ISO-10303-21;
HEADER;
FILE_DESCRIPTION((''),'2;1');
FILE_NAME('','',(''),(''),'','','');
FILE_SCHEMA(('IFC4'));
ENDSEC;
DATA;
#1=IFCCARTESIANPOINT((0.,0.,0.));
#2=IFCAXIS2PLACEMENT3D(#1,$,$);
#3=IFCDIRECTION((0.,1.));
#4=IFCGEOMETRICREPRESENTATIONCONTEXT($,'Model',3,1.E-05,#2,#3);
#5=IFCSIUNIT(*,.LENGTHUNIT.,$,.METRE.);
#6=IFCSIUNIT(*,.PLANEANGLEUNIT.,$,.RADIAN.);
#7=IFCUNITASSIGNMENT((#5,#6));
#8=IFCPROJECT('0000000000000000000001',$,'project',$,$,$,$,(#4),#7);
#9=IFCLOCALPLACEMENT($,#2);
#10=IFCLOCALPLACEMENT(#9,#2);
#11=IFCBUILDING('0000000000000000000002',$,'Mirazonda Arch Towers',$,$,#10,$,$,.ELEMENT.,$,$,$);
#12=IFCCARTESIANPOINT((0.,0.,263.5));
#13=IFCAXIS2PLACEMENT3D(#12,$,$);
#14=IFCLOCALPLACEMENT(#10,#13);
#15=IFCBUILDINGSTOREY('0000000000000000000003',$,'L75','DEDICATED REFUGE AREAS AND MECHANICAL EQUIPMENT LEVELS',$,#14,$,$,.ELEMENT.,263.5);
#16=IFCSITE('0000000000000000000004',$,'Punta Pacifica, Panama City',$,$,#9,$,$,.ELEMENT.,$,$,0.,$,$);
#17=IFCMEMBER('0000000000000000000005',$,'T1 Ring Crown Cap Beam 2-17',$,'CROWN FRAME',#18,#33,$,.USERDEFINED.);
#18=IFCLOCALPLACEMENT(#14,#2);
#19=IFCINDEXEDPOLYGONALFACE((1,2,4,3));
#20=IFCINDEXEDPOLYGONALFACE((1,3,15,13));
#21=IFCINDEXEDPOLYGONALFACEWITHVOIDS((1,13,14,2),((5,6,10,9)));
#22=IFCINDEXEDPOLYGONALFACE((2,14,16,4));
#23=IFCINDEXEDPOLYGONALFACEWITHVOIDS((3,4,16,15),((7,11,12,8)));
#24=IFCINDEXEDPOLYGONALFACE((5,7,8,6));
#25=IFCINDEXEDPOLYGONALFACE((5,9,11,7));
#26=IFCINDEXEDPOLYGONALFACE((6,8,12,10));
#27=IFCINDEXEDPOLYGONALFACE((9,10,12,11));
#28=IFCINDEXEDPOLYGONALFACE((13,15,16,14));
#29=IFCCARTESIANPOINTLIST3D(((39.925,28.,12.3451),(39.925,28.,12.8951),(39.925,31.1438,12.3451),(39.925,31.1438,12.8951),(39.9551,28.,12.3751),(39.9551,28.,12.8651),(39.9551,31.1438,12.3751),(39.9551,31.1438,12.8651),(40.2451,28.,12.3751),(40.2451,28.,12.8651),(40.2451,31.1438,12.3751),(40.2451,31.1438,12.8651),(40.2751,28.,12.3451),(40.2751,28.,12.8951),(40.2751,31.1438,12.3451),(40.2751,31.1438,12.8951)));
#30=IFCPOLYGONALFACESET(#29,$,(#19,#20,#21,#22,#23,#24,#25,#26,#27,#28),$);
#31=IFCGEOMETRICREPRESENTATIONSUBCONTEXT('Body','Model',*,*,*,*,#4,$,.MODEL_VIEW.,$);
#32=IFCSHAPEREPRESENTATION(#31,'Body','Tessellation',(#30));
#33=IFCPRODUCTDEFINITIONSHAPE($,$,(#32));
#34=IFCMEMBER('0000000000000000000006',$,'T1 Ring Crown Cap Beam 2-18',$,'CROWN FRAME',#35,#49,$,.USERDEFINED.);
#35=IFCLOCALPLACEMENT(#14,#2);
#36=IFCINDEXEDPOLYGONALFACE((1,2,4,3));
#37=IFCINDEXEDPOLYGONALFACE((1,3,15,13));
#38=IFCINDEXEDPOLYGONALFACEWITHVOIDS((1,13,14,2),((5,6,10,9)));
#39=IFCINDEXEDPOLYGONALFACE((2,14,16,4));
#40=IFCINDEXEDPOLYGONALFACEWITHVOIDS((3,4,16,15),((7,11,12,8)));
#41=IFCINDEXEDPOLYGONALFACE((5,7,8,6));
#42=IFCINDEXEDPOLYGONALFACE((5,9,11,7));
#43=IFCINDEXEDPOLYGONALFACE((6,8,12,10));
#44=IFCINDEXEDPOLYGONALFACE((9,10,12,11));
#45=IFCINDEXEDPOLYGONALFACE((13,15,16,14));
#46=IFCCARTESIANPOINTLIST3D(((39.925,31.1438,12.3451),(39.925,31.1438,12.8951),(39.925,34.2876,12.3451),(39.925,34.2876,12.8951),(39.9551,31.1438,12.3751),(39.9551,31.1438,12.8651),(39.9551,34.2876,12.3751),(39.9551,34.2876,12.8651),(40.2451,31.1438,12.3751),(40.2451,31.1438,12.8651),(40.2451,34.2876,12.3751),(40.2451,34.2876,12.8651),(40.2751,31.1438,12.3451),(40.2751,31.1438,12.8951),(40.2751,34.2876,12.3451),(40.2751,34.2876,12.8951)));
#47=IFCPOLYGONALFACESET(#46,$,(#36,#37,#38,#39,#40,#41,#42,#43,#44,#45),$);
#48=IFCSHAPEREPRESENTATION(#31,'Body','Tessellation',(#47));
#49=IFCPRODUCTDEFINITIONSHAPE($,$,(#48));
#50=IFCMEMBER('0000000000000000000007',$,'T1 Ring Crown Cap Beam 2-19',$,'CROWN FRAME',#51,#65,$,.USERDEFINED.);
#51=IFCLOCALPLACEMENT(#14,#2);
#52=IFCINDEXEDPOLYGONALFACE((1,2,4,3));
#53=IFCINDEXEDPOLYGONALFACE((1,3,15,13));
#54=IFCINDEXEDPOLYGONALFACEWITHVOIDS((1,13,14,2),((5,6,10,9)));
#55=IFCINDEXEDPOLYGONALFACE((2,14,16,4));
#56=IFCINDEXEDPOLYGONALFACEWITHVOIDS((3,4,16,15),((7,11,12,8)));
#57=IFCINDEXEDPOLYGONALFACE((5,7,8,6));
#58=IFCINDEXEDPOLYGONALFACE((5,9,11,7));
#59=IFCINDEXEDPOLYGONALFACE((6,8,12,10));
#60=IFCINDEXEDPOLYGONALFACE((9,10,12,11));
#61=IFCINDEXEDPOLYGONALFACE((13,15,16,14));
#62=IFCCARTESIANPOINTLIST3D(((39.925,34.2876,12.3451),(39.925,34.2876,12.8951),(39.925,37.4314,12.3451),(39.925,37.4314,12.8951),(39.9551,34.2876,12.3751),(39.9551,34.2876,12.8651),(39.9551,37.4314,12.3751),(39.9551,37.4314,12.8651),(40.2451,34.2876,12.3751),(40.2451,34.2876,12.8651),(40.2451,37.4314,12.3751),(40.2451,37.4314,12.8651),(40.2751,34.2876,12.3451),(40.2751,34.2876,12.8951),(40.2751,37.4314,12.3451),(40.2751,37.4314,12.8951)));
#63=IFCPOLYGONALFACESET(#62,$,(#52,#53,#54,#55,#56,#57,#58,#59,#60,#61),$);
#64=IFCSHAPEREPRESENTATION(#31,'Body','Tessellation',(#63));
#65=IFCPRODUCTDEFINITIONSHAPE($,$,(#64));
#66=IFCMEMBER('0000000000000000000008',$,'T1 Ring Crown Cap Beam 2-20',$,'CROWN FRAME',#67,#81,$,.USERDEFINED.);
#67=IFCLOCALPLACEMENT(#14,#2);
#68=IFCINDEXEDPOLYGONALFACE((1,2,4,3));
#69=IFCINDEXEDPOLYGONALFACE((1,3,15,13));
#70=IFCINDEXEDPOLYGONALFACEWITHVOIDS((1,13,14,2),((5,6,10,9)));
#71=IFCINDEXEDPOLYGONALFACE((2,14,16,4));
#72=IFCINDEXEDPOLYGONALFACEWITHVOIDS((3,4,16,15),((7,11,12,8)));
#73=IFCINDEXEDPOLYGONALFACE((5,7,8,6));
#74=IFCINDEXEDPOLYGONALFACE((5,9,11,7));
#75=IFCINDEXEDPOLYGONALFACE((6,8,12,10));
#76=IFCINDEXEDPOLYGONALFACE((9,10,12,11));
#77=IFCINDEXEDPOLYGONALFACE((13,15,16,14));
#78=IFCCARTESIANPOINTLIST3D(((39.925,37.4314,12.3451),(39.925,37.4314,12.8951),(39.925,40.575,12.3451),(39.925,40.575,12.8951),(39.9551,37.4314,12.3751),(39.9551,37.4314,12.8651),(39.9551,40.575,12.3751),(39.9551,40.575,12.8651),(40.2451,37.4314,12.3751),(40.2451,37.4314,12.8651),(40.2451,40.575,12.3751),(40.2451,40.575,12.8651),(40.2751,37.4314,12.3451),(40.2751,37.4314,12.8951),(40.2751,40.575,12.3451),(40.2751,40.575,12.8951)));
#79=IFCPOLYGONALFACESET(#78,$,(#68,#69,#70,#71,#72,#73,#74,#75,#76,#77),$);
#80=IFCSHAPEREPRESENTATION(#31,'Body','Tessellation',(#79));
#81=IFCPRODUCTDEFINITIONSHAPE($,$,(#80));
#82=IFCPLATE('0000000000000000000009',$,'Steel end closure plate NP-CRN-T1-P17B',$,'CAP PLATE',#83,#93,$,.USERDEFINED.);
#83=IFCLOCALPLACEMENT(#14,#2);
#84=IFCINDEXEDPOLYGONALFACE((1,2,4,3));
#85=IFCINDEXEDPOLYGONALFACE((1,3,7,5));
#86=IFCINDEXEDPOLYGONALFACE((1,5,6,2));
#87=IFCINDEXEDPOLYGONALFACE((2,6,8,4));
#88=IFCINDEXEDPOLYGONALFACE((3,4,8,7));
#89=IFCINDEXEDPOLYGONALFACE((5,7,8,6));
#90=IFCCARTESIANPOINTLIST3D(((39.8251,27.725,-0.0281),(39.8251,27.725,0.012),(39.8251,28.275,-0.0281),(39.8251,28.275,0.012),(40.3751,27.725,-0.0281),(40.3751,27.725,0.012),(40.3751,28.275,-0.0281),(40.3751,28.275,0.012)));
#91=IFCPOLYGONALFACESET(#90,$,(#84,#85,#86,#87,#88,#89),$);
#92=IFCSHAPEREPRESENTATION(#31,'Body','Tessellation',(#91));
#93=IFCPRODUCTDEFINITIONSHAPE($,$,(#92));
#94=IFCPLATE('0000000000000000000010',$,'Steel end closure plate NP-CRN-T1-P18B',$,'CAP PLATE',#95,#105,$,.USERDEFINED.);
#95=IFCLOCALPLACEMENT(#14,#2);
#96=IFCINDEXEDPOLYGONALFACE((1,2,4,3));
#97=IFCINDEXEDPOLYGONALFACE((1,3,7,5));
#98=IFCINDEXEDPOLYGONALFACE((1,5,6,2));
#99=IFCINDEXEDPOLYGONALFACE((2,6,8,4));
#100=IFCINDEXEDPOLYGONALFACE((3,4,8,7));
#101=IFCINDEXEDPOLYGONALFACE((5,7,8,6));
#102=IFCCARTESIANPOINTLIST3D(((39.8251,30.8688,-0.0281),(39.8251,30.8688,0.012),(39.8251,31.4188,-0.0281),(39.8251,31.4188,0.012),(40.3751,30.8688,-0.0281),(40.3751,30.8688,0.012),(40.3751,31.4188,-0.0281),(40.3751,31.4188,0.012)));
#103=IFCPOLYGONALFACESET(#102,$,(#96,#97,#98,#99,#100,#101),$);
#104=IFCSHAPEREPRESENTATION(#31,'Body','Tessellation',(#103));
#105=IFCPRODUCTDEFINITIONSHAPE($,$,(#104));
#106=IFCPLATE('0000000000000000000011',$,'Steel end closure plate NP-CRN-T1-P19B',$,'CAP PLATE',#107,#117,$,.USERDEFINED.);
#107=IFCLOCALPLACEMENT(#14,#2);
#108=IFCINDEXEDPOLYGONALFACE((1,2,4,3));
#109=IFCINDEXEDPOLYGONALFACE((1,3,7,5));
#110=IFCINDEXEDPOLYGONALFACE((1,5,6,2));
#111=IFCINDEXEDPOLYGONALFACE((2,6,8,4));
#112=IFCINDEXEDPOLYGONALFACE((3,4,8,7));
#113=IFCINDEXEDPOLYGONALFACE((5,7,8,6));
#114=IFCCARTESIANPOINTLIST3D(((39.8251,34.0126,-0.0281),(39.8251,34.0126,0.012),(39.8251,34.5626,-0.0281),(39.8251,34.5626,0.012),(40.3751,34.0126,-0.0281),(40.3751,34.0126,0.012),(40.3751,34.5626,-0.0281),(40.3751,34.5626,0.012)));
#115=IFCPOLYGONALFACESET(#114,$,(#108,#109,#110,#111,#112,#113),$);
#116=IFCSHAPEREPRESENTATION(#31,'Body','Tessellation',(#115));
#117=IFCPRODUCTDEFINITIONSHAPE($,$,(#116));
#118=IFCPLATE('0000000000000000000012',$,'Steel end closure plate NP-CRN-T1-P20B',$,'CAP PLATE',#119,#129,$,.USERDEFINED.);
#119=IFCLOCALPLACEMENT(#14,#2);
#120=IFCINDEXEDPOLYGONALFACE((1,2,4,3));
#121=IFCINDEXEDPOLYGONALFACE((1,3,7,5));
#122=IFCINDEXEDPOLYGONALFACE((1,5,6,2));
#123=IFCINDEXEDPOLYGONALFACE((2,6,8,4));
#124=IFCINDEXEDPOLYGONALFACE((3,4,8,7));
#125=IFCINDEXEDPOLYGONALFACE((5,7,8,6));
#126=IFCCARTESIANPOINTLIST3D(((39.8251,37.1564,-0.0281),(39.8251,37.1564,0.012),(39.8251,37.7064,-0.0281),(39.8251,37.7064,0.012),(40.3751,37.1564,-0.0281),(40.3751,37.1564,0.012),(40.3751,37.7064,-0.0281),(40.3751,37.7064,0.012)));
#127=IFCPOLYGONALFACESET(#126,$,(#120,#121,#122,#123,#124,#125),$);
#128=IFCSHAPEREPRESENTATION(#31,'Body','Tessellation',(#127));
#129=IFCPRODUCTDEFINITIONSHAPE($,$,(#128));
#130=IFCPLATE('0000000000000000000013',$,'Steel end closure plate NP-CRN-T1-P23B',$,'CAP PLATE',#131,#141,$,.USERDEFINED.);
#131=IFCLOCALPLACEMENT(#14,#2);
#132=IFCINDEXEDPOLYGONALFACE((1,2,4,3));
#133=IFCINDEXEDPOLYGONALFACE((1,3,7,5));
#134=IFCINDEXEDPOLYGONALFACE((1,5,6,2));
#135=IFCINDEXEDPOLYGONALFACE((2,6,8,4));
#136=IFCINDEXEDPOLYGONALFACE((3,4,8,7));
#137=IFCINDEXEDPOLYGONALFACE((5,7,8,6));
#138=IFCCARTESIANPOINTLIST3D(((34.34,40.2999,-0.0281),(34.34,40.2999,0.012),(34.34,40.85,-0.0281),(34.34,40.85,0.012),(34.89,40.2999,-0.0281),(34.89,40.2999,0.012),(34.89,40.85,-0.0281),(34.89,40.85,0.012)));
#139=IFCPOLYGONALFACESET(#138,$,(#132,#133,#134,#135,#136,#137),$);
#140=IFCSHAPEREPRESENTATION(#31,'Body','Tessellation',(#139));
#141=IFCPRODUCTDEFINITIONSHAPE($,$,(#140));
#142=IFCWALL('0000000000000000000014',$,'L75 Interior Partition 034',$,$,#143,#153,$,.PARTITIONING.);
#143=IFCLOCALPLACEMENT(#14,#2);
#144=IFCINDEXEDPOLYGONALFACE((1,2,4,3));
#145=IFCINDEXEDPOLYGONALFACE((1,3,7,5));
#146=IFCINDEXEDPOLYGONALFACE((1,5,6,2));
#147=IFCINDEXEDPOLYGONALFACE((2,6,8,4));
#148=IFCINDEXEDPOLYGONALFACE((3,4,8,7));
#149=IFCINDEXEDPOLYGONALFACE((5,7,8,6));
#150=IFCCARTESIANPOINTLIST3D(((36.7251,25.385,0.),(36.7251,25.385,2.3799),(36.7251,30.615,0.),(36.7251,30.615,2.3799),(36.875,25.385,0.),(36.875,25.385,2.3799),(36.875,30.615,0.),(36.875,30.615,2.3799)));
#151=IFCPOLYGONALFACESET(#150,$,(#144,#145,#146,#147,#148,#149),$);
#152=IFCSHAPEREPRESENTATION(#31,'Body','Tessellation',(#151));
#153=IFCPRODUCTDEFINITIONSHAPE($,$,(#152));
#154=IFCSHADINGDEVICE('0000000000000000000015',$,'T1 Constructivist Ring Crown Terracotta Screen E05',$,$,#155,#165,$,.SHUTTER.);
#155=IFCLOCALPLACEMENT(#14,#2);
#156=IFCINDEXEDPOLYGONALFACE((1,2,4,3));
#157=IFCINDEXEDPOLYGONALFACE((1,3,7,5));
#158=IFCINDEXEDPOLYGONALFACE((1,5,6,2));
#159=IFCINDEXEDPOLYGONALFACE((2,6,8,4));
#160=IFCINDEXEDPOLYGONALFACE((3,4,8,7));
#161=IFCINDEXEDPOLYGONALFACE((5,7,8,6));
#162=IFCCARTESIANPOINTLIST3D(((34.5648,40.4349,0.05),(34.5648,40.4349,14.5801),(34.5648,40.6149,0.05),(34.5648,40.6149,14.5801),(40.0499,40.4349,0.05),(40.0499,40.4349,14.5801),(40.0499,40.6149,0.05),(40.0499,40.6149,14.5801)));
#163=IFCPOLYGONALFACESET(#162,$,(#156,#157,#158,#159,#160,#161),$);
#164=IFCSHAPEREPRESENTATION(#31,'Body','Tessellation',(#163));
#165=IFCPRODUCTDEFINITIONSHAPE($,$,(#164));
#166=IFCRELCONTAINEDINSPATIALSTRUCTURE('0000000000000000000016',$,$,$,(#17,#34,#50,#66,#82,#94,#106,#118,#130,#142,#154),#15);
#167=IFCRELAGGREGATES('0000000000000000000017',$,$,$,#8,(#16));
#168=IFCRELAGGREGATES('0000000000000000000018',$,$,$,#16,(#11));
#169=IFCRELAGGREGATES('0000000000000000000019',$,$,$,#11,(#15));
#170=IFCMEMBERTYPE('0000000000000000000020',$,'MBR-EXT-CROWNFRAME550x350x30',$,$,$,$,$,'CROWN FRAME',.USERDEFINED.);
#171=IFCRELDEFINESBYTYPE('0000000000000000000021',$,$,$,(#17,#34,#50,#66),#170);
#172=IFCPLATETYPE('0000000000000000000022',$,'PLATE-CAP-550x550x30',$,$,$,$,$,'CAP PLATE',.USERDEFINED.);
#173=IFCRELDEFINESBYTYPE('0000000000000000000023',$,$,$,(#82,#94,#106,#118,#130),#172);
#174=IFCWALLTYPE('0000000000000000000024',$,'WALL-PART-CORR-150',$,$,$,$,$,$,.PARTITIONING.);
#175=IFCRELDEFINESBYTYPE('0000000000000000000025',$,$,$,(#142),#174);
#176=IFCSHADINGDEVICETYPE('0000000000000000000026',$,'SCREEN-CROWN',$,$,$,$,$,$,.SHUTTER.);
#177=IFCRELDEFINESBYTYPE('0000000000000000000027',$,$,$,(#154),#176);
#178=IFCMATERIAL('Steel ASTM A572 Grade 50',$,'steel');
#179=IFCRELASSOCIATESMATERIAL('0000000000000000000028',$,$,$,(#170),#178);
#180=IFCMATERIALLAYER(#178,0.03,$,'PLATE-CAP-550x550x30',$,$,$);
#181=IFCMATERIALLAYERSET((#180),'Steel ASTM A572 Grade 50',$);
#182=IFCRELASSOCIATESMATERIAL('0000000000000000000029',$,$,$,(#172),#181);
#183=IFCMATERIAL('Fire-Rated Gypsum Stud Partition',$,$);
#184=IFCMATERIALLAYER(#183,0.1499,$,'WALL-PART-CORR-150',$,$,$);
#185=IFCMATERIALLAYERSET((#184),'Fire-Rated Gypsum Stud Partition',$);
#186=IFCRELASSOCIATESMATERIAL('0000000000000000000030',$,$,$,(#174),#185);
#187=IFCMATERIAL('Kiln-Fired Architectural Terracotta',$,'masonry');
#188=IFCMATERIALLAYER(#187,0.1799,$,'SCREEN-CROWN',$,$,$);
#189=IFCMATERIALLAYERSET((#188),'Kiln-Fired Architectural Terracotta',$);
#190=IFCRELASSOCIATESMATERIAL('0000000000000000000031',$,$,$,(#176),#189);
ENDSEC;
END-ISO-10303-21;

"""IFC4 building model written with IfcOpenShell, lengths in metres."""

from ifc_helpers import new_model, si_unit, direction, frame, frame_2d, origin, origin_2d, place, context, subcontext, project, spatial, rectangle, hollow_rectangle, extrude, material, layer, layer_set, material_profile, profile_set, type_object, element, save


model = new_model("IFC4")

# Units and contexts
model_context = context("Model", 3, precision=1e-05, world=origin(), true_north=direction((0.0, 1.0)))
body_context = subcontext(model_context, "Body", "Model", "MODEL_VIEW")
ifc_project = project(units=[si_unit("LENGTHUNIT", "METRE"), si_unit("PLANEANGLEUNIT", "RADIAN")], contexts=[model_context])

# Site, building, storey
site_placement = place(None, origin())
site = spatial("IfcSite", under=ifc_project, at=site_placement, Name="Punta Pacifica, Panama City", CompositionType="ELEMENT", RefElevation=0.0)
building_placement = place(site_placement, origin())
building = spatial("IfcBuilding", under=site, at=building_placement, Name="Mirazonda Arch Towers", CompositionType="ELEMENT")
storey_placement = place(building_placement, frame((0.0, 0.0, 263.5)))
storey = spatial("IfcBuildingStorey", under=building, at=storey_placement, Name="L75", Description="DEDICATED REFUGE AREAS AND MECHANICAL EQUIPMENT LEVELS", CompositionType="ELEMENT", Elevation=263.5)

# Shared definitions
ifc_material_1 = material(Name="Steel ASTM A572 Grade 50", Category="steel")

# Members
ifc_material_profile_1 = material_profile(ifc_material_1, hollow_rectangle(XDim=0.3501, YDim=0.55, WallThickness=0.03, at=origin_2d()), Name="CROWNFRAME550x350x30")
ifc_profile_set_1 = profile_set([ifc_material_profile_1], Name="Steel ASTM A572 Grade 50")
member_type = type_object("IfcMemberType", Name="MBR-EXT-CROWNFRAME550x350x30", ElementType="CROWN FRAME", PredefinedType="USERDEFINED", material=ifc_profile_set_1)
for number, where, z_axis, x_axis, name in (
    (1, (40.1001, 28.0, 12.6201), (0.0, 1.0, 0.0), (-1.0, 0.0, 0.0), "T1 Ring Crown Cap Beam 2-17"),
    (2, (40.1001, 31.1438, 12.6201), (0.0, 1.0, 0.0), (-1.0, 0.0, 0.0), "T1 Ring Crown Cap Beam 2-18"),
    (3, (40.1001, 34.2876, 12.6201), (0.0, 1.0, 0.0), (-1.0, 0.0, 0.0), "T1 Ring Crown Cap Beam 2-19"),
):
    element("IfcMember", number, at=place(storey_placement, frame(where, z_axis=z_axis, x_axis=x_axis)), inside=storey, type_object=member_type, Name=name, ObjectType="CROWN FRAME", PredefinedType="USERDEFINED", context=body_context, shape_type="SweptSolid", body=[
        extrude(hollow_rectangle(XDim=0.3501, YDim=0.55, WallThickness=0.03, at=origin_2d()), origin(), (0.0, 0.0, 1.0), 3.1438),
    ])
member_1_placement = place(storey_placement, frame((40.1001, 37.4314, 12.6201), z_axis=(0.0, 1.0, 0.0), x_axis=(-1.0, 0.0, 0.0)))
element("IfcMember", 4, at=member_1_placement, inside=storey, type_object=member_type, Name="T1 Ring Crown Cap Beam 2-20", ObjectType="CROWN FRAME", PredefinedType="USERDEFINED", context=body_context, shape_type="SweptSolid", body=[
    extrude(hollow_rectangle(XDim=0.3501, YDim=0.55, WallThickness=0.03, at=origin_2d()), origin(), (0.0, 0.0, 1.0), 3.1436),
])

# Plates
ifc_layer_1 = layer(ifc_material_1, 0.03, Name="PLATE-CAP-550x550x30")
ifc_layer_set_1 = layer_set([ifc_layer_1], Name="Steel ASTM A572 Grade 50")
plate_type = type_object("IfcPlateType", Name="PLATE-CAP-550x550x30", ElementType="CAP PLATE", PredefinedType="USERDEFINED", material=ifc_layer_set_1)
for number, where, z_axis, x_axis, name in (
    (5, (40.1001, 28.0, -0.0281), (0.0, 0.0, 1.0), (1.0, 0.0, 0.0), "Steel end closure plate NP-CRN-T1-P17B"),
    (6, (40.1001, 31.1438, -0.0281), (0.0, 0.0, 1.0), (1.0, 0.0, 0.0), "Steel end closure plate NP-CRN-T1-P18B"),
    (7, (40.1001, 34.2876, -0.0281), (0.0, 0.0, 1.0), (1.0, 0.0, 0.0), "Steel end closure plate NP-CRN-T1-P19B"),
    (8, (40.1001, 37.4314, -0.0281), (0.0, 0.0, 1.0), (1.0, 0.0, 0.0), "Steel end closure plate NP-CRN-T1-P20B"),
    (9, (34.615, 40.575, -0.0281), (0.0, 0.0, 1.0), (1.0, 0.0, 0.0), "Steel end closure plate NP-CRN-T1-P23B"),
):
    element("IfcPlate", number, at=place(storey_placement, frame(where, z_axis=z_axis, x_axis=x_axis)), inside=storey, type_object=plate_type, Name=name, ObjectType="CAP PLATE", PredefinedType="USERDEFINED", context=body_context, shape_type="SweptSolid", body=[
        extrude(rectangle(XDim=0.55, YDim=0.55, at=origin_2d()), origin(), (0.0, 0.0, 1.0), 0.04),
    ])

# Wall
ifc_material_2 = material(Name="Fire-Rated Gypsum Stud Partition")
ifc_layer_2 = layer(ifc_material_2, 0.1499, Name="WALL-PART-CORR-150")
ifc_layer_set_2 = layer_set([ifc_layer_2], Name="Fire-Rated Gypsum Stud Partition")
wall_type = type_object("IfcWallType", Name="WALL-PART-CORR-150", PredefinedType="PARTITIONING", material=ifc_layer_set_2)
wall_placement = place(storey_placement, frame((36.8, 25.385, 0.0), z_axis=(0.0, 0.0, 1.0), x_axis=(0.0, 1.0, 0.0)))
element("IfcWall", 10, at=wall_placement, inside=storey, type_object=wall_type, Name="L75 Interior Partition 034", PredefinedType="PARTITIONING", context=body_context, shape_type="SweptSolid", body=[
    extrude(rectangle(XDim=5.23, YDim=0.1499, at=frame_2d((2.615, 0.0))), origin(), (0.0, 0.0, 1.0), 2.3799),
])

# Shading device
ifc_material_3 = material(Name="Kiln-Fired Architectural Terracotta", Category="masonry")
ifc_layer_3 = layer(ifc_material_3, 0.1799, Name="SCREEN-CROWN")
ifc_layer_set_3 = layer_set([ifc_layer_3], Name="Kiln-Fired Architectural Terracotta")
shading_device_type = type_object("IfcShadingDeviceType", Name="SCREEN-CROWN", PredefinedType="SHUTTER", material=ifc_layer_set_3)
shading_device_placement = place(storey_placement, frame((40.05, 40.5249, 0.05), z_axis=(0.0, 0.0, 1.0), x_axis=(-1.0, 0.0, 0.0)))
element("IfcShadingDevice", 11, at=shading_device_placement, inside=storey, type_object=shading_device_type, Name="T1 Constructivist Ring Crown Terracotta Screen E05", PredefinedType="SHUTTER", context=body_context, shape_type="SweptSolid", body=[
    extrude(rectangle(XDim=5.4851, YDim=0.1799, at=frame_2d((2.7427, 0.0))), origin(), (0.0, 0.0, 1.0), 14.53),
])

save(model, "model.ifc")
